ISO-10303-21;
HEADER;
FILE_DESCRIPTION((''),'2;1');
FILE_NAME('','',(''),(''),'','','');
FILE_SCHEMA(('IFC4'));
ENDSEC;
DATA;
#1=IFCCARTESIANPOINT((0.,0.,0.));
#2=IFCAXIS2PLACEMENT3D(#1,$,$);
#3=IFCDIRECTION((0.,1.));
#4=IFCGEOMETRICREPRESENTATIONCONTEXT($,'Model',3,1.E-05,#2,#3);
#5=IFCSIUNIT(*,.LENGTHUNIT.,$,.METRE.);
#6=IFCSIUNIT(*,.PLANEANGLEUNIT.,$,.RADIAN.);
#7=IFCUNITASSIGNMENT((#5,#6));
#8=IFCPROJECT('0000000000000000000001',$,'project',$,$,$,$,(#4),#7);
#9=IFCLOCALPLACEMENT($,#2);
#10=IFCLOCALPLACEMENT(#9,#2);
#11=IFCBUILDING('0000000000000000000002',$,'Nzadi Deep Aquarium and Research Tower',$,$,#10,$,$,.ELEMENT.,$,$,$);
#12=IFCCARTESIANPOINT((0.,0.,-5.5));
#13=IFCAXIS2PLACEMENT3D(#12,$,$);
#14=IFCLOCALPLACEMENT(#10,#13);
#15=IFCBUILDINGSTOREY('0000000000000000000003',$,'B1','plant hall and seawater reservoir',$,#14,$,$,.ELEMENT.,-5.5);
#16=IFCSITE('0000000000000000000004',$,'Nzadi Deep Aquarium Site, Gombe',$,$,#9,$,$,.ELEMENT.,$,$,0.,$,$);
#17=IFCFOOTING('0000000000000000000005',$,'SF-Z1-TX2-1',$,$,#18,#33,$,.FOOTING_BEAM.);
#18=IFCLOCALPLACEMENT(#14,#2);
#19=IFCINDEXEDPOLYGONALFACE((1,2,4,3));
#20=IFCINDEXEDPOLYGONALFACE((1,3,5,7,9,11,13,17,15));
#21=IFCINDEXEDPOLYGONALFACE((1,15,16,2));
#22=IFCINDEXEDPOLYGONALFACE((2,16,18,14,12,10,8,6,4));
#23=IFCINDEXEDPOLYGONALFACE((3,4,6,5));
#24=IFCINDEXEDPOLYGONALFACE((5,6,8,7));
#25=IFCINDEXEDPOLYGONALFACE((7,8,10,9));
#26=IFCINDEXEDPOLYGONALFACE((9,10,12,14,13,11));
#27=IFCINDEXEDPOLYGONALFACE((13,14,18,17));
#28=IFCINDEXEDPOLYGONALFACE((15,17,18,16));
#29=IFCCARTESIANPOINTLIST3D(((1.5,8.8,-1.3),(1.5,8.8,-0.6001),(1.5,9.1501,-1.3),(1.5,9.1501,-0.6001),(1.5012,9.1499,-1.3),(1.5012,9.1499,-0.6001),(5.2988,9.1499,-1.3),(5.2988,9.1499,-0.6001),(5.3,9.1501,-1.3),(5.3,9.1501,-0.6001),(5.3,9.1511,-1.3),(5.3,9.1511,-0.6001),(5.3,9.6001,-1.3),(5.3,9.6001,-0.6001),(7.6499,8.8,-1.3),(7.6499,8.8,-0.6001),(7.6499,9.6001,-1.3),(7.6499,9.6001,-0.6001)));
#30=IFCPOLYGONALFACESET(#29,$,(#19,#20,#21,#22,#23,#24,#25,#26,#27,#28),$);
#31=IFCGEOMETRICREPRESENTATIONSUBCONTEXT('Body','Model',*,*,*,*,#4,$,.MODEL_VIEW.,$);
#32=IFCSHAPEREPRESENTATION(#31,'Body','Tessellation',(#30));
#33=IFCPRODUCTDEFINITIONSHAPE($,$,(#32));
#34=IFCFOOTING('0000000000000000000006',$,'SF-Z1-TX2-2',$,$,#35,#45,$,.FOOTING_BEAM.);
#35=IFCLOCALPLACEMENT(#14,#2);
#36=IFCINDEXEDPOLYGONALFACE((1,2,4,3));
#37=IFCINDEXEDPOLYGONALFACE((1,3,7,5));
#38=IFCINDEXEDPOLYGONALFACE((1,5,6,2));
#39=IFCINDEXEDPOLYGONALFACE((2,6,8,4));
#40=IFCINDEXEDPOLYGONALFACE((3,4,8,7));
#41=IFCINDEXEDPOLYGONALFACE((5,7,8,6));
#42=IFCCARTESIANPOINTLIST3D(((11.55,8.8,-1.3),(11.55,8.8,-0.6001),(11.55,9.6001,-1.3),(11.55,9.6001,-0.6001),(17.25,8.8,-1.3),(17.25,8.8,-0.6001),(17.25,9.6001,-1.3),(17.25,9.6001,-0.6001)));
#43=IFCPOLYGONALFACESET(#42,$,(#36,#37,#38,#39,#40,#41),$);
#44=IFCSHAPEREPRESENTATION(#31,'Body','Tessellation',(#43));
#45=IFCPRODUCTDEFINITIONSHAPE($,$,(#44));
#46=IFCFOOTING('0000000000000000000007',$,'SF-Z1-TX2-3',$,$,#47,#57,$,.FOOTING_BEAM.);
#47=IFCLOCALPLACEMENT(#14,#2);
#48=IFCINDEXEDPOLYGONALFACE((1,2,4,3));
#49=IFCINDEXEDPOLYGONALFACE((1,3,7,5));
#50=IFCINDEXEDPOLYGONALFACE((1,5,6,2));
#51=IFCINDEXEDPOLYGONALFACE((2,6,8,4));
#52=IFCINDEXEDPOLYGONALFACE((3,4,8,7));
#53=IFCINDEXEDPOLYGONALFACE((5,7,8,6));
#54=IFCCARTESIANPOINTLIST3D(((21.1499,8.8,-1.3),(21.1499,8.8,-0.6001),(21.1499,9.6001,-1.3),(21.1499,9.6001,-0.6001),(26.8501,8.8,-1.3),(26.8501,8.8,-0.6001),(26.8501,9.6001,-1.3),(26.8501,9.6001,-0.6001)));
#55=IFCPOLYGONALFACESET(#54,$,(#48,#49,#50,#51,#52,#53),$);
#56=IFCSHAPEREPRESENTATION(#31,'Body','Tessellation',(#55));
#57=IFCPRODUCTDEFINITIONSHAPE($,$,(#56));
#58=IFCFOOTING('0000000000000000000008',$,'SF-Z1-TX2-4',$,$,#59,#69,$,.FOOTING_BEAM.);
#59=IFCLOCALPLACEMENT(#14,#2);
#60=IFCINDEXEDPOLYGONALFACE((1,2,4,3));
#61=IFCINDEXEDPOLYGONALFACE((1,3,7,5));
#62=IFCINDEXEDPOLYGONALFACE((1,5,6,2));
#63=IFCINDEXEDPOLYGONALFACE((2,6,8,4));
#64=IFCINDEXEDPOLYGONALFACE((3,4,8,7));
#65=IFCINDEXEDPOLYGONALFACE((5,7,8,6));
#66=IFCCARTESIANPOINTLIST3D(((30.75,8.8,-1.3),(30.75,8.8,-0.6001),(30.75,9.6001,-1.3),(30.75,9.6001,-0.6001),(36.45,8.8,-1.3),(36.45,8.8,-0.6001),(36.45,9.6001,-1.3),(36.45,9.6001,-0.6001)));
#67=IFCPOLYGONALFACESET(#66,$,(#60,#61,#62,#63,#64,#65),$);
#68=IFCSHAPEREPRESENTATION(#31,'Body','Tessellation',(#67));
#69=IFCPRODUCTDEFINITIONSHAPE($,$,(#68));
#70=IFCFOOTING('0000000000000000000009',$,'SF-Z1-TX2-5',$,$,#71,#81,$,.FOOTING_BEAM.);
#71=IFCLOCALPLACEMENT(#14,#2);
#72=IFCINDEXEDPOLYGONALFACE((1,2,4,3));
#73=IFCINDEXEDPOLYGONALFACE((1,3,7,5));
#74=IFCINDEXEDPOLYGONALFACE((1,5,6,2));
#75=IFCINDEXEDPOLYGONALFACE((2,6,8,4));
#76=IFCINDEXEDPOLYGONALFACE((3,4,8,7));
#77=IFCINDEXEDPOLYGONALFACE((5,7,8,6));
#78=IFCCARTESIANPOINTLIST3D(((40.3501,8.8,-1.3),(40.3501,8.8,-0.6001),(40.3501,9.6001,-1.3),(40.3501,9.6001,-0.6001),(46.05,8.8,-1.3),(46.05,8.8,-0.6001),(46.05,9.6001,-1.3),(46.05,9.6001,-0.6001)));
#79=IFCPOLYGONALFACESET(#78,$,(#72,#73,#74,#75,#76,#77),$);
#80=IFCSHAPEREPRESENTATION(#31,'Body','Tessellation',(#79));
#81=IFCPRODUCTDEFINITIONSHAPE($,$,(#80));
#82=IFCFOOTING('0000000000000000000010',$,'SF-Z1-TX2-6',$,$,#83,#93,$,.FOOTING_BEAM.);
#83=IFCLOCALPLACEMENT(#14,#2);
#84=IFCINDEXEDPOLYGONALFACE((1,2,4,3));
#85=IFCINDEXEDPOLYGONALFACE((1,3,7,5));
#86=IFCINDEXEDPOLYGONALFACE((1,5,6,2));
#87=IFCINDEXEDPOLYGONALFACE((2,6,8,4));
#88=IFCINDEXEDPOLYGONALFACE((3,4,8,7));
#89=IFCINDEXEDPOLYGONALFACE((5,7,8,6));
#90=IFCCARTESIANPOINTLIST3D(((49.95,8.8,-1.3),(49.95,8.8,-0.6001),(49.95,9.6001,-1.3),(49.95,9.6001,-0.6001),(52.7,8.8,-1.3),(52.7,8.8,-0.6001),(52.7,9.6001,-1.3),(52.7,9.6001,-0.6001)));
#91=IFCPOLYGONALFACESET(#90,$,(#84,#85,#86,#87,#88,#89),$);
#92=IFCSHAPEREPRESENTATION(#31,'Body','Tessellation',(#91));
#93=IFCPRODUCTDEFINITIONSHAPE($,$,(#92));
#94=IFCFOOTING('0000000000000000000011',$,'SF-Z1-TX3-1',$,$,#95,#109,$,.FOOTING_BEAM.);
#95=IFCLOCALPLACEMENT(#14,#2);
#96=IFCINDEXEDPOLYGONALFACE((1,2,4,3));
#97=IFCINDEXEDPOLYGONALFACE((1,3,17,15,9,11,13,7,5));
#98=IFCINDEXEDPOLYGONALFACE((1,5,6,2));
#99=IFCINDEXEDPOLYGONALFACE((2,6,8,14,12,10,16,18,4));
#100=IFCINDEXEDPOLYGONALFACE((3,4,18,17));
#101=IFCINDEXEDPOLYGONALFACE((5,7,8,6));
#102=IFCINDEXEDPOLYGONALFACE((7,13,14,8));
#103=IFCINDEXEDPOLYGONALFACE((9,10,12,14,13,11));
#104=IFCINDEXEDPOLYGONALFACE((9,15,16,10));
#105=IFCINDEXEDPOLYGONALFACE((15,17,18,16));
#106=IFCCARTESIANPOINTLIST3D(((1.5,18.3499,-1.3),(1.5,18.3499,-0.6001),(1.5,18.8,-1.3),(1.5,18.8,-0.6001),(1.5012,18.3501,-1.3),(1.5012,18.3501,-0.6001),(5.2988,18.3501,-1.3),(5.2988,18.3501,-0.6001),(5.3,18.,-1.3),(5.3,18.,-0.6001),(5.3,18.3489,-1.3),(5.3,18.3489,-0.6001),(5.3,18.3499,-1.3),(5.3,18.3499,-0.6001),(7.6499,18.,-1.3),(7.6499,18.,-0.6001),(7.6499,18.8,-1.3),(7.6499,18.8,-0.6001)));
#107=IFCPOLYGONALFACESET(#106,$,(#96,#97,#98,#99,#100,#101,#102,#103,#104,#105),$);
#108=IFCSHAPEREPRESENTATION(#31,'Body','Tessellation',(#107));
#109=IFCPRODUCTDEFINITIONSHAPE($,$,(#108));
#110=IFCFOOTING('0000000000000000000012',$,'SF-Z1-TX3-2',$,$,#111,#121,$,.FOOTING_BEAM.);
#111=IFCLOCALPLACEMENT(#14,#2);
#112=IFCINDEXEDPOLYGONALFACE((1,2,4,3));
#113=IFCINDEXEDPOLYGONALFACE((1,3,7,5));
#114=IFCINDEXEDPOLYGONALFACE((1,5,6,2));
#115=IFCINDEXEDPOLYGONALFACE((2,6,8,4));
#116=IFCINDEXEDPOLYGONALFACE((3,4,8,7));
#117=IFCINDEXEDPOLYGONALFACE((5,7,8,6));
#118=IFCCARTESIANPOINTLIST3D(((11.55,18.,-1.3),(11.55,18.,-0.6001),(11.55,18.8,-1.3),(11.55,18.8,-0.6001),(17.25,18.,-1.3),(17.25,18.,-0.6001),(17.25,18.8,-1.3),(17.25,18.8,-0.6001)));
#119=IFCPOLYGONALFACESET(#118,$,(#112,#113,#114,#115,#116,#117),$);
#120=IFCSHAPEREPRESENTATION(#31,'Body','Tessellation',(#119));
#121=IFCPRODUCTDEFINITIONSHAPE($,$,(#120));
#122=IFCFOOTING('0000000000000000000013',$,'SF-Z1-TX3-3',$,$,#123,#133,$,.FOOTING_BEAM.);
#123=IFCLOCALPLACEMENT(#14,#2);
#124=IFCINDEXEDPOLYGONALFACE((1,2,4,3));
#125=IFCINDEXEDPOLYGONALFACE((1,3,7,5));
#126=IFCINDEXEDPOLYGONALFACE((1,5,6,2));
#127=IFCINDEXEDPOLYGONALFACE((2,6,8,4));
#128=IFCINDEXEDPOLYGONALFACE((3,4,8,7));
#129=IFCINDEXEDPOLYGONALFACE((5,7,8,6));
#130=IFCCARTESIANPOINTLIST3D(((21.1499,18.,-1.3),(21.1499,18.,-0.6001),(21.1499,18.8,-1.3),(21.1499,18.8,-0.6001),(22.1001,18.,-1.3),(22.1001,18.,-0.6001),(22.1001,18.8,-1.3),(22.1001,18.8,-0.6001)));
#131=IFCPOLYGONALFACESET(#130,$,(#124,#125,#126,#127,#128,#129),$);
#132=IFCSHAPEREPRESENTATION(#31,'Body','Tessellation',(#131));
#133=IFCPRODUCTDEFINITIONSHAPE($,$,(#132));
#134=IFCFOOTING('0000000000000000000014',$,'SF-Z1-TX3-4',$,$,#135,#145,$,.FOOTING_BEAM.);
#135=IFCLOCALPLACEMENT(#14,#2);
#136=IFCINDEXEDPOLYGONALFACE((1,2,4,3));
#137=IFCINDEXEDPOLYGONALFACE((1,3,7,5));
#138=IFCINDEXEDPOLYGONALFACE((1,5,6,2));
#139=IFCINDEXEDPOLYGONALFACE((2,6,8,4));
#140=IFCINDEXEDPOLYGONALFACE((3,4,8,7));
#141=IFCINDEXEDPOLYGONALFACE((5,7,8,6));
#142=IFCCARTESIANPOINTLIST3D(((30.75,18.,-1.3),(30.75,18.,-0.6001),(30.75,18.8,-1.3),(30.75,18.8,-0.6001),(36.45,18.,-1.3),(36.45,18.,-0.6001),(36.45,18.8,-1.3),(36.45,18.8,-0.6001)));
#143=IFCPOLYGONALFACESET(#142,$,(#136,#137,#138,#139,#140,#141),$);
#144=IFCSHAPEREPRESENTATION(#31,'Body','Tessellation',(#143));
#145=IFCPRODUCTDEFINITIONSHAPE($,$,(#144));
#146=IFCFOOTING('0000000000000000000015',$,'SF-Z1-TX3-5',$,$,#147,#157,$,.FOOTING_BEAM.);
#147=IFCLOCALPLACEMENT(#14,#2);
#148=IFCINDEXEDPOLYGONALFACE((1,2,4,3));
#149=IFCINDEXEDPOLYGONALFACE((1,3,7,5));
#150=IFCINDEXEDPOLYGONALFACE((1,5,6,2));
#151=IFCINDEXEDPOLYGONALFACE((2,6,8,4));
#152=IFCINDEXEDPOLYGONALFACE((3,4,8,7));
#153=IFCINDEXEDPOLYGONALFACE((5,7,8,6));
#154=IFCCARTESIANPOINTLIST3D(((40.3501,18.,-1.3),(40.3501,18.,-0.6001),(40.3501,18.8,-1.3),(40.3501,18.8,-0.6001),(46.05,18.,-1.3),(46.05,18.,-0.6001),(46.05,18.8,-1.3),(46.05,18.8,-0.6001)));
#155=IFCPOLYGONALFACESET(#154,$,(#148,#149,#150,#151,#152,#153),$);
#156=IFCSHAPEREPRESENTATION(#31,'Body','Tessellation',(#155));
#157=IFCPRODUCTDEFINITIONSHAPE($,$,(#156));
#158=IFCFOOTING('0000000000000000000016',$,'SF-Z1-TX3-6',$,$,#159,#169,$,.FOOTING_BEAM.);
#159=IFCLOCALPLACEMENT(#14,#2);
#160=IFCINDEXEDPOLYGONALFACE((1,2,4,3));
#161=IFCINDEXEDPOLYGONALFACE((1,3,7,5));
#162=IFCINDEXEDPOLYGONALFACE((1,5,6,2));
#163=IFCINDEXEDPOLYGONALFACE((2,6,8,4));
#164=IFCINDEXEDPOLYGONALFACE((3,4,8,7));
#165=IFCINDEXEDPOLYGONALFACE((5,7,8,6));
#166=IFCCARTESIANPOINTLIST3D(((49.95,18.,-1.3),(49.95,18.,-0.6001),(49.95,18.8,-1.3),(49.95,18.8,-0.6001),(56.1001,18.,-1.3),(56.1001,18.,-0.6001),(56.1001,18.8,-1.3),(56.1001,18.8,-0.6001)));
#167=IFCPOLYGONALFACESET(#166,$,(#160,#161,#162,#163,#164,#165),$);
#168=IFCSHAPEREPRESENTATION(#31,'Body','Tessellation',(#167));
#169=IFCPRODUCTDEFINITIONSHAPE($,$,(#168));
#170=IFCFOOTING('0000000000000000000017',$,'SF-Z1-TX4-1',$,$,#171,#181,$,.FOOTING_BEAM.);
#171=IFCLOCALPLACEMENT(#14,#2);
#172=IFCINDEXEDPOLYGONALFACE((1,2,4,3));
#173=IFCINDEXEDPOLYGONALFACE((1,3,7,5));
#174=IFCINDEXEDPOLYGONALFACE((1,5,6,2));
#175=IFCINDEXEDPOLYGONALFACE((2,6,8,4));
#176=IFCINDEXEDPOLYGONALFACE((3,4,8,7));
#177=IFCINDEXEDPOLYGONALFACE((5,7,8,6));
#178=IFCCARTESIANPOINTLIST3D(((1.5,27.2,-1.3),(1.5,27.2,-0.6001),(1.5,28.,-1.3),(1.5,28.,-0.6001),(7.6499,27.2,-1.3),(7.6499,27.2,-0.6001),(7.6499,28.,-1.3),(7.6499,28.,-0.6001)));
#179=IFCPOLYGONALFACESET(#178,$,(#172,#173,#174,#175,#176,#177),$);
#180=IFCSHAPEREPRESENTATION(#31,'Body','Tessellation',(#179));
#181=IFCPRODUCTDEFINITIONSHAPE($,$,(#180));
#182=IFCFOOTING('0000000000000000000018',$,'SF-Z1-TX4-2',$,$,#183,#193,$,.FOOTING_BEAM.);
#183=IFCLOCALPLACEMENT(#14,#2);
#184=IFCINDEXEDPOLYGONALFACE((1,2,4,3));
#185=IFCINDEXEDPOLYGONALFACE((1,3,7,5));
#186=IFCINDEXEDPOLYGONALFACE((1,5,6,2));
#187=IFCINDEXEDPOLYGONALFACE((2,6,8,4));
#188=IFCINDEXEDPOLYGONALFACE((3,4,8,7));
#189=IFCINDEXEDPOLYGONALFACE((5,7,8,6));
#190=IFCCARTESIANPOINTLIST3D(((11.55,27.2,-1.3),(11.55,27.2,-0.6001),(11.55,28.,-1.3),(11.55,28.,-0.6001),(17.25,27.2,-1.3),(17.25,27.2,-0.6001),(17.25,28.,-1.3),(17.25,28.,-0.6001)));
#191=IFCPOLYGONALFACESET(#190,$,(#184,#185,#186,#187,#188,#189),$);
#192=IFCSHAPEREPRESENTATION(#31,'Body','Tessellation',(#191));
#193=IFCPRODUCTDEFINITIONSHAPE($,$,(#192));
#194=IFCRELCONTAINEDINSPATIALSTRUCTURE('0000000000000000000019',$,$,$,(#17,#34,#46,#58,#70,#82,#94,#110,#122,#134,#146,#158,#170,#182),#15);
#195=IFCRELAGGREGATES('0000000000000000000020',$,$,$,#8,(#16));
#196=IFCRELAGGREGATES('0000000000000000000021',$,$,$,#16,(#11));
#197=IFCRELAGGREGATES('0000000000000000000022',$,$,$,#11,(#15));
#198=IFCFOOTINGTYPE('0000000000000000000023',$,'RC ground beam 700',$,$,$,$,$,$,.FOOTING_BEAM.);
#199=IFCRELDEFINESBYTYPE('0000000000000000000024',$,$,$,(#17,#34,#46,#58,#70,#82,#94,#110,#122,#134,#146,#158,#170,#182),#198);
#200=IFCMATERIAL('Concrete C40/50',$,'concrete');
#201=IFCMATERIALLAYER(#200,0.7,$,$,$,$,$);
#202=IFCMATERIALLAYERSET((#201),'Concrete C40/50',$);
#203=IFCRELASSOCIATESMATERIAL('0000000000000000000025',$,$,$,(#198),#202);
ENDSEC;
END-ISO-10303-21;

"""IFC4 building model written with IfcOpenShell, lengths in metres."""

from ifc_helpers import new_model, si_unit, direction, frame, origin, place, context, subcontext, project, spatial, polyline, outline, extrude, material, layer, layer_set, type_object, element, save


model = new_model("IFC4")

# Units and contexts
model_context = context("Model", 3, precision=1e-05, world=origin(), true_north=direction((0.0, 1.0)))
body_context = subcontext(model_context, "Body", "Model", "MODEL_VIEW")
ifc_project = project(units=[si_unit("LENGTHUNIT", "METRE"), si_unit("PLANEANGLEUNIT", "RADIAN")], contexts=[model_context])

# Site, building, storey
site_placement = place(None, origin())
site = spatial("IfcSite", under=ifc_project, at=site_placement, Name="Nzadi Deep Aquarium Site, Gombe", CompositionType="ELEMENT", RefElevation=0.0)
building_placement = place(site_placement, origin())
building = spatial("IfcBuilding", under=site, at=building_placement, Name="Nzadi Deep Aquarium and Research Tower", CompositionType="ELEMENT")
storey_placement = place(building_placement, frame((0.0, 0.0, -5.5)))
storey = spatial("IfcBuildingStorey", under=building, at=storey_placement, Name="B1", Description="plant hall and seawater reservoir", CompositionType="ELEMENT", Elevation=-5.5)

# Footings
ifc_material = material(Name="Concrete C40/50", Category="concrete")
ifc_layer = layer(ifc_material, 0.7)
ifc_layer_set = layer_set([ifc_layer], Name="Concrete C40/50")
footing_type = type_object("IfcFootingType", Name="RC ground beam 700", PredefinedType="FOOTING_BEAM", material=ifc_layer_set)
footing_1_placement = place(storey_placement, frame((0.0, 0.0, -1.3)))
element("IfcFooting", 1, at=footing_1_placement, inside=storey, type_object=footing_type, Name="SF-Z1-TX2-1", PredefinedType="FOOTING_BEAM", context=body_context, shape_type="SweptSolid", body=[
    extrude(outline(polyline([(7.6499, 9.6001), (5.3, 9.6001), (5.3, 9.1511), (5.3, 9.1501), (5.2988, 9.1499), (1.5012, 9.1499), (1.5, 9.1501), (1.5, 9.1511), (1.5, 8.8), (7.6499, 8.8), (7.6499, 9.6001)])), origin(), (0.0, 0.0, 1.0), 0.7),
])
footing_2_placement = place(storey_placement, frame((0.0, 0.0, -1.3)))
element("IfcFooting", 2, at=footing_2_placement, inside=storey, type_object=footing_type, Name="SF-Z1-TX2-2", PredefinedType="FOOTING_BEAM", context=body_context, shape_type="SweptSolid", body=[
    extrude(outline(polyline([(17.25, 9.6001), (11.55, 9.6001), (11.55, 8.8), (17.25, 8.8), (17.25, 9.6001)])), origin(), (0.0, 0.0, 1.0), 0.7),
])
footing_3_placement = place(storey_placement, frame((0.0, 0.0, -1.3)))
element("IfcFooting", 3, at=footing_3_placement, inside=storey, type_object=footing_type, Name="SF-Z1-TX2-3", PredefinedType="FOOTING_BEAM", context=body_context, shape_type="SweptSolid", body=[
    extrude(outline(polyline([(26.8501, 9.6001), (21.1499, 9.6001), (21.1499, 8.8), (26.8501, 8.8), (26.8501, 9.6001)])), origin(), (0.0, 0.0, 1.0), 0.7),
])
footing_4_placement = place(storey_placement, frame((0.0, 0.0, -1.3)))
element("IfcFooting", 4, at=footing_4_placement, inside=storey, type_object=footing_type, Name="SF-Z1-TX2-4", PredefinedType="FOOTING_BEAM", context=body_context, shape_type="SweptSolid", body=[
    extrude(outline(polyline([(36.45, 9.6001), (30.75, 9.6001), (30.75, 8.8), (36.45, 8.8), (36.45, 9.6001)])), origin(), (0.0, 0.0, 1.0), 0.7),
])
footing_5_placement = place(storey_placement, frame((0.0, 0.0, -1.3)))
element("IfcFooting", 5, at=footing_5_placement, inside=storey, type_object=footing_type, Name="SF-Z1-TX2-5", PredefinedType="FOOTING_BEAM", context=body_context, shape_type="SweptSolid", body=[
    extrude(outline(polyline([(46.05, 9.6001), (40.3501, 9.6001), (40.3501, 8.8), (46.05, 8.8), (46.05, 9.6001)])), origin(), (0.0, 0.0, 1.0), 0.7),
])
footing_6_placement = place(storey_placement, frame((0.0, 0.0, -1.3)))
element("IfcFooting", 6, at=footing_6_placement, inside=storey, type_object=footing_type, Name="SF-Z1-TX2-6", PredefinedType="FOOTING_BEAM", context=body_context, shape_type="SweptSolid", body=[
    extrude(outline(polyline([(52.7, 9.6001), (49.95, 9.6001), (49.95, 8.8), (52.7, 8.8), (52.7, 9.6001)])), origin(), (0.0, 0.0, 1.0), 0.7),
])
footing_7_placement = place(storey_placement, frame((0.0, 0.0, -1.3)))
element("IfcFooting", 7, at=footing_7_placement, inside=storey, type_object=footing_type, Name="SF-Z1-TX3-1", PredefinedType="FOOTING_BEAM", context=body_context, shape_type="SweptSolid", body=[
    extrude(outline(polyline([(7.6499, 18.8), (1.5, 18.8), (1.5, 18.3489), (1.5, 18.3499), (1.5012, 18.3501), (5.2988, 18.3501), (5.3, 18.3499), (5.3, 18.3489), (5.3, 18.0), (7.6499, 18.0), (7.6499, 18.8)])), origin(), (0.0, 0.0, 1.0), 0.7),
])
footing_8_placement = place(storey_placement, frame((0.0, 0.0, -1.3)))
element("IfcFooting", 8, at=footing_8_placement, inside=storey, type_object=footing_type, Name="SF-Z1-TX3-2", PredefinedType="FOOTING_BEAM", context=body_context, shape_type="SweptSolid", body=[
    extrude(outline(polyline([(17.25, 18.8), (11.55, 18.8), (11.55, 18.0), (17.25, 18.0), (17.25, 18.8)])), origin(), (0.0, 0.0, 1.0), 0.7),
])
footing_9_placement = place(storey_placement, frame((0.0, 0.0, -1.3)))
element("IfcFooting", 9, at=footing_9_placement, inside=storey, type_object=footing_type, Name="SF-Z1-TX3-3", PredefinedType="FOOTING_BEAM", context=body_context, shape_type="SweptSolid", body=[
    extrude(outline(polyline([(22.1001, 18.8), (21.1499, 18.8), (21.1499, 18.0), (22.1001, 18.0), (22.1001, 18.8)])), origin(), (0.0, 0.0, 1.0), 0.7),
])
footing_10_placement = place(storey_placement, frame((0.0, 0.0, -1.3)))
element("IfcFooting", 10, at=footing_10_placement, inside=storey, type_object=footing_type, Name="SF-Z1-TX3-4", PredefinedType="FOOTING_BEAM", context=body_context, shape_type="SweptSolid", body=[
    extrude(outline(polyline([(36.45, 18.8), (30.75, 18.8), (30.75, 18.0), (36.45, 18.0), (36.45, 18.8)])), origin(), (0.0, 0.0, 1.0), 0.7),
])
footing_11_placement = place(storey_placement, frame((0.0, 0.0, -1.3)))
element("IfcFooting", 11, at=footing_11_placement, inside=storey, type_object=footing_type, Name="SF-Z1-TX3-5", PredefinedType="FOOTING_BEAM", context=body_context, shape_type="SweptSolid", body=[
    extrude(outline(polyline([(46.05, 18.8), (40.3501, 18.8), (40.3501, 18.0), (46.05, 18.0), (46.05, 18.8)])), origin(), (0.0, 0.0, 1.0), 0.7),
])
footing_12_placement = place(storey_placement, frame((0.0, 0.0, -1.3)))
element("IfcFooting", 12, at=footing_12_placement, inside=storey, type_object=footing_type, Name="SF-Z1-TX3-6", PredefinedType="FOOTING_BEAM", context=body_context, shape_type="SweptSolid", body=[
    extrude(outline(polyline([(56.1001, 18.0), (56.1001, 18.8), (49.95, 18.8), (49.95, 18.0), (56.1001, 18.0)])), origin(), (0.0, 0.0, 1.0), 0.7),
])
footing_13_placement = place(storey_placement, frame((0.0, 0.0, -1.3)))
element("IfcFooting", 13, at=footing_13_placement, inside=storey, type_object=footing_type, Name="SF-Z1-TX4-1", PredefinedType="FOOTING_BEAM", context=body_context, shape_type="SweptSolid", body=[
    extrude(outline(polyline([(7.6499, 28.0), (1.5, 28.0), (1.5, 27.2), (7.6499, 27.2), (7.6499, 28.0)])), origin(), (0.0, 0.0, 1.0), 0.7),
])
footing_14_placement = place(storey_placement, frame((0.0, 0.0, -1.3)))
element("IfcFooting", 14, at=footing_14_placement, inside=storey, type_object=footing_type, Name="SF-Z1-TX4-2", PredefinedType="FOOTING_BEAM", context=body_context, shape_type="SweptSolid", body=[
    extrude(outline(polyline([(17.25, 28.0), (11.55, 28.0), (11.55, 27.2), (17.25, 27.2), (17.25, 28.0)])), origin(), (0.0, 0.0, 1.0), 0.7),
])

save(model, "model.ifc")
